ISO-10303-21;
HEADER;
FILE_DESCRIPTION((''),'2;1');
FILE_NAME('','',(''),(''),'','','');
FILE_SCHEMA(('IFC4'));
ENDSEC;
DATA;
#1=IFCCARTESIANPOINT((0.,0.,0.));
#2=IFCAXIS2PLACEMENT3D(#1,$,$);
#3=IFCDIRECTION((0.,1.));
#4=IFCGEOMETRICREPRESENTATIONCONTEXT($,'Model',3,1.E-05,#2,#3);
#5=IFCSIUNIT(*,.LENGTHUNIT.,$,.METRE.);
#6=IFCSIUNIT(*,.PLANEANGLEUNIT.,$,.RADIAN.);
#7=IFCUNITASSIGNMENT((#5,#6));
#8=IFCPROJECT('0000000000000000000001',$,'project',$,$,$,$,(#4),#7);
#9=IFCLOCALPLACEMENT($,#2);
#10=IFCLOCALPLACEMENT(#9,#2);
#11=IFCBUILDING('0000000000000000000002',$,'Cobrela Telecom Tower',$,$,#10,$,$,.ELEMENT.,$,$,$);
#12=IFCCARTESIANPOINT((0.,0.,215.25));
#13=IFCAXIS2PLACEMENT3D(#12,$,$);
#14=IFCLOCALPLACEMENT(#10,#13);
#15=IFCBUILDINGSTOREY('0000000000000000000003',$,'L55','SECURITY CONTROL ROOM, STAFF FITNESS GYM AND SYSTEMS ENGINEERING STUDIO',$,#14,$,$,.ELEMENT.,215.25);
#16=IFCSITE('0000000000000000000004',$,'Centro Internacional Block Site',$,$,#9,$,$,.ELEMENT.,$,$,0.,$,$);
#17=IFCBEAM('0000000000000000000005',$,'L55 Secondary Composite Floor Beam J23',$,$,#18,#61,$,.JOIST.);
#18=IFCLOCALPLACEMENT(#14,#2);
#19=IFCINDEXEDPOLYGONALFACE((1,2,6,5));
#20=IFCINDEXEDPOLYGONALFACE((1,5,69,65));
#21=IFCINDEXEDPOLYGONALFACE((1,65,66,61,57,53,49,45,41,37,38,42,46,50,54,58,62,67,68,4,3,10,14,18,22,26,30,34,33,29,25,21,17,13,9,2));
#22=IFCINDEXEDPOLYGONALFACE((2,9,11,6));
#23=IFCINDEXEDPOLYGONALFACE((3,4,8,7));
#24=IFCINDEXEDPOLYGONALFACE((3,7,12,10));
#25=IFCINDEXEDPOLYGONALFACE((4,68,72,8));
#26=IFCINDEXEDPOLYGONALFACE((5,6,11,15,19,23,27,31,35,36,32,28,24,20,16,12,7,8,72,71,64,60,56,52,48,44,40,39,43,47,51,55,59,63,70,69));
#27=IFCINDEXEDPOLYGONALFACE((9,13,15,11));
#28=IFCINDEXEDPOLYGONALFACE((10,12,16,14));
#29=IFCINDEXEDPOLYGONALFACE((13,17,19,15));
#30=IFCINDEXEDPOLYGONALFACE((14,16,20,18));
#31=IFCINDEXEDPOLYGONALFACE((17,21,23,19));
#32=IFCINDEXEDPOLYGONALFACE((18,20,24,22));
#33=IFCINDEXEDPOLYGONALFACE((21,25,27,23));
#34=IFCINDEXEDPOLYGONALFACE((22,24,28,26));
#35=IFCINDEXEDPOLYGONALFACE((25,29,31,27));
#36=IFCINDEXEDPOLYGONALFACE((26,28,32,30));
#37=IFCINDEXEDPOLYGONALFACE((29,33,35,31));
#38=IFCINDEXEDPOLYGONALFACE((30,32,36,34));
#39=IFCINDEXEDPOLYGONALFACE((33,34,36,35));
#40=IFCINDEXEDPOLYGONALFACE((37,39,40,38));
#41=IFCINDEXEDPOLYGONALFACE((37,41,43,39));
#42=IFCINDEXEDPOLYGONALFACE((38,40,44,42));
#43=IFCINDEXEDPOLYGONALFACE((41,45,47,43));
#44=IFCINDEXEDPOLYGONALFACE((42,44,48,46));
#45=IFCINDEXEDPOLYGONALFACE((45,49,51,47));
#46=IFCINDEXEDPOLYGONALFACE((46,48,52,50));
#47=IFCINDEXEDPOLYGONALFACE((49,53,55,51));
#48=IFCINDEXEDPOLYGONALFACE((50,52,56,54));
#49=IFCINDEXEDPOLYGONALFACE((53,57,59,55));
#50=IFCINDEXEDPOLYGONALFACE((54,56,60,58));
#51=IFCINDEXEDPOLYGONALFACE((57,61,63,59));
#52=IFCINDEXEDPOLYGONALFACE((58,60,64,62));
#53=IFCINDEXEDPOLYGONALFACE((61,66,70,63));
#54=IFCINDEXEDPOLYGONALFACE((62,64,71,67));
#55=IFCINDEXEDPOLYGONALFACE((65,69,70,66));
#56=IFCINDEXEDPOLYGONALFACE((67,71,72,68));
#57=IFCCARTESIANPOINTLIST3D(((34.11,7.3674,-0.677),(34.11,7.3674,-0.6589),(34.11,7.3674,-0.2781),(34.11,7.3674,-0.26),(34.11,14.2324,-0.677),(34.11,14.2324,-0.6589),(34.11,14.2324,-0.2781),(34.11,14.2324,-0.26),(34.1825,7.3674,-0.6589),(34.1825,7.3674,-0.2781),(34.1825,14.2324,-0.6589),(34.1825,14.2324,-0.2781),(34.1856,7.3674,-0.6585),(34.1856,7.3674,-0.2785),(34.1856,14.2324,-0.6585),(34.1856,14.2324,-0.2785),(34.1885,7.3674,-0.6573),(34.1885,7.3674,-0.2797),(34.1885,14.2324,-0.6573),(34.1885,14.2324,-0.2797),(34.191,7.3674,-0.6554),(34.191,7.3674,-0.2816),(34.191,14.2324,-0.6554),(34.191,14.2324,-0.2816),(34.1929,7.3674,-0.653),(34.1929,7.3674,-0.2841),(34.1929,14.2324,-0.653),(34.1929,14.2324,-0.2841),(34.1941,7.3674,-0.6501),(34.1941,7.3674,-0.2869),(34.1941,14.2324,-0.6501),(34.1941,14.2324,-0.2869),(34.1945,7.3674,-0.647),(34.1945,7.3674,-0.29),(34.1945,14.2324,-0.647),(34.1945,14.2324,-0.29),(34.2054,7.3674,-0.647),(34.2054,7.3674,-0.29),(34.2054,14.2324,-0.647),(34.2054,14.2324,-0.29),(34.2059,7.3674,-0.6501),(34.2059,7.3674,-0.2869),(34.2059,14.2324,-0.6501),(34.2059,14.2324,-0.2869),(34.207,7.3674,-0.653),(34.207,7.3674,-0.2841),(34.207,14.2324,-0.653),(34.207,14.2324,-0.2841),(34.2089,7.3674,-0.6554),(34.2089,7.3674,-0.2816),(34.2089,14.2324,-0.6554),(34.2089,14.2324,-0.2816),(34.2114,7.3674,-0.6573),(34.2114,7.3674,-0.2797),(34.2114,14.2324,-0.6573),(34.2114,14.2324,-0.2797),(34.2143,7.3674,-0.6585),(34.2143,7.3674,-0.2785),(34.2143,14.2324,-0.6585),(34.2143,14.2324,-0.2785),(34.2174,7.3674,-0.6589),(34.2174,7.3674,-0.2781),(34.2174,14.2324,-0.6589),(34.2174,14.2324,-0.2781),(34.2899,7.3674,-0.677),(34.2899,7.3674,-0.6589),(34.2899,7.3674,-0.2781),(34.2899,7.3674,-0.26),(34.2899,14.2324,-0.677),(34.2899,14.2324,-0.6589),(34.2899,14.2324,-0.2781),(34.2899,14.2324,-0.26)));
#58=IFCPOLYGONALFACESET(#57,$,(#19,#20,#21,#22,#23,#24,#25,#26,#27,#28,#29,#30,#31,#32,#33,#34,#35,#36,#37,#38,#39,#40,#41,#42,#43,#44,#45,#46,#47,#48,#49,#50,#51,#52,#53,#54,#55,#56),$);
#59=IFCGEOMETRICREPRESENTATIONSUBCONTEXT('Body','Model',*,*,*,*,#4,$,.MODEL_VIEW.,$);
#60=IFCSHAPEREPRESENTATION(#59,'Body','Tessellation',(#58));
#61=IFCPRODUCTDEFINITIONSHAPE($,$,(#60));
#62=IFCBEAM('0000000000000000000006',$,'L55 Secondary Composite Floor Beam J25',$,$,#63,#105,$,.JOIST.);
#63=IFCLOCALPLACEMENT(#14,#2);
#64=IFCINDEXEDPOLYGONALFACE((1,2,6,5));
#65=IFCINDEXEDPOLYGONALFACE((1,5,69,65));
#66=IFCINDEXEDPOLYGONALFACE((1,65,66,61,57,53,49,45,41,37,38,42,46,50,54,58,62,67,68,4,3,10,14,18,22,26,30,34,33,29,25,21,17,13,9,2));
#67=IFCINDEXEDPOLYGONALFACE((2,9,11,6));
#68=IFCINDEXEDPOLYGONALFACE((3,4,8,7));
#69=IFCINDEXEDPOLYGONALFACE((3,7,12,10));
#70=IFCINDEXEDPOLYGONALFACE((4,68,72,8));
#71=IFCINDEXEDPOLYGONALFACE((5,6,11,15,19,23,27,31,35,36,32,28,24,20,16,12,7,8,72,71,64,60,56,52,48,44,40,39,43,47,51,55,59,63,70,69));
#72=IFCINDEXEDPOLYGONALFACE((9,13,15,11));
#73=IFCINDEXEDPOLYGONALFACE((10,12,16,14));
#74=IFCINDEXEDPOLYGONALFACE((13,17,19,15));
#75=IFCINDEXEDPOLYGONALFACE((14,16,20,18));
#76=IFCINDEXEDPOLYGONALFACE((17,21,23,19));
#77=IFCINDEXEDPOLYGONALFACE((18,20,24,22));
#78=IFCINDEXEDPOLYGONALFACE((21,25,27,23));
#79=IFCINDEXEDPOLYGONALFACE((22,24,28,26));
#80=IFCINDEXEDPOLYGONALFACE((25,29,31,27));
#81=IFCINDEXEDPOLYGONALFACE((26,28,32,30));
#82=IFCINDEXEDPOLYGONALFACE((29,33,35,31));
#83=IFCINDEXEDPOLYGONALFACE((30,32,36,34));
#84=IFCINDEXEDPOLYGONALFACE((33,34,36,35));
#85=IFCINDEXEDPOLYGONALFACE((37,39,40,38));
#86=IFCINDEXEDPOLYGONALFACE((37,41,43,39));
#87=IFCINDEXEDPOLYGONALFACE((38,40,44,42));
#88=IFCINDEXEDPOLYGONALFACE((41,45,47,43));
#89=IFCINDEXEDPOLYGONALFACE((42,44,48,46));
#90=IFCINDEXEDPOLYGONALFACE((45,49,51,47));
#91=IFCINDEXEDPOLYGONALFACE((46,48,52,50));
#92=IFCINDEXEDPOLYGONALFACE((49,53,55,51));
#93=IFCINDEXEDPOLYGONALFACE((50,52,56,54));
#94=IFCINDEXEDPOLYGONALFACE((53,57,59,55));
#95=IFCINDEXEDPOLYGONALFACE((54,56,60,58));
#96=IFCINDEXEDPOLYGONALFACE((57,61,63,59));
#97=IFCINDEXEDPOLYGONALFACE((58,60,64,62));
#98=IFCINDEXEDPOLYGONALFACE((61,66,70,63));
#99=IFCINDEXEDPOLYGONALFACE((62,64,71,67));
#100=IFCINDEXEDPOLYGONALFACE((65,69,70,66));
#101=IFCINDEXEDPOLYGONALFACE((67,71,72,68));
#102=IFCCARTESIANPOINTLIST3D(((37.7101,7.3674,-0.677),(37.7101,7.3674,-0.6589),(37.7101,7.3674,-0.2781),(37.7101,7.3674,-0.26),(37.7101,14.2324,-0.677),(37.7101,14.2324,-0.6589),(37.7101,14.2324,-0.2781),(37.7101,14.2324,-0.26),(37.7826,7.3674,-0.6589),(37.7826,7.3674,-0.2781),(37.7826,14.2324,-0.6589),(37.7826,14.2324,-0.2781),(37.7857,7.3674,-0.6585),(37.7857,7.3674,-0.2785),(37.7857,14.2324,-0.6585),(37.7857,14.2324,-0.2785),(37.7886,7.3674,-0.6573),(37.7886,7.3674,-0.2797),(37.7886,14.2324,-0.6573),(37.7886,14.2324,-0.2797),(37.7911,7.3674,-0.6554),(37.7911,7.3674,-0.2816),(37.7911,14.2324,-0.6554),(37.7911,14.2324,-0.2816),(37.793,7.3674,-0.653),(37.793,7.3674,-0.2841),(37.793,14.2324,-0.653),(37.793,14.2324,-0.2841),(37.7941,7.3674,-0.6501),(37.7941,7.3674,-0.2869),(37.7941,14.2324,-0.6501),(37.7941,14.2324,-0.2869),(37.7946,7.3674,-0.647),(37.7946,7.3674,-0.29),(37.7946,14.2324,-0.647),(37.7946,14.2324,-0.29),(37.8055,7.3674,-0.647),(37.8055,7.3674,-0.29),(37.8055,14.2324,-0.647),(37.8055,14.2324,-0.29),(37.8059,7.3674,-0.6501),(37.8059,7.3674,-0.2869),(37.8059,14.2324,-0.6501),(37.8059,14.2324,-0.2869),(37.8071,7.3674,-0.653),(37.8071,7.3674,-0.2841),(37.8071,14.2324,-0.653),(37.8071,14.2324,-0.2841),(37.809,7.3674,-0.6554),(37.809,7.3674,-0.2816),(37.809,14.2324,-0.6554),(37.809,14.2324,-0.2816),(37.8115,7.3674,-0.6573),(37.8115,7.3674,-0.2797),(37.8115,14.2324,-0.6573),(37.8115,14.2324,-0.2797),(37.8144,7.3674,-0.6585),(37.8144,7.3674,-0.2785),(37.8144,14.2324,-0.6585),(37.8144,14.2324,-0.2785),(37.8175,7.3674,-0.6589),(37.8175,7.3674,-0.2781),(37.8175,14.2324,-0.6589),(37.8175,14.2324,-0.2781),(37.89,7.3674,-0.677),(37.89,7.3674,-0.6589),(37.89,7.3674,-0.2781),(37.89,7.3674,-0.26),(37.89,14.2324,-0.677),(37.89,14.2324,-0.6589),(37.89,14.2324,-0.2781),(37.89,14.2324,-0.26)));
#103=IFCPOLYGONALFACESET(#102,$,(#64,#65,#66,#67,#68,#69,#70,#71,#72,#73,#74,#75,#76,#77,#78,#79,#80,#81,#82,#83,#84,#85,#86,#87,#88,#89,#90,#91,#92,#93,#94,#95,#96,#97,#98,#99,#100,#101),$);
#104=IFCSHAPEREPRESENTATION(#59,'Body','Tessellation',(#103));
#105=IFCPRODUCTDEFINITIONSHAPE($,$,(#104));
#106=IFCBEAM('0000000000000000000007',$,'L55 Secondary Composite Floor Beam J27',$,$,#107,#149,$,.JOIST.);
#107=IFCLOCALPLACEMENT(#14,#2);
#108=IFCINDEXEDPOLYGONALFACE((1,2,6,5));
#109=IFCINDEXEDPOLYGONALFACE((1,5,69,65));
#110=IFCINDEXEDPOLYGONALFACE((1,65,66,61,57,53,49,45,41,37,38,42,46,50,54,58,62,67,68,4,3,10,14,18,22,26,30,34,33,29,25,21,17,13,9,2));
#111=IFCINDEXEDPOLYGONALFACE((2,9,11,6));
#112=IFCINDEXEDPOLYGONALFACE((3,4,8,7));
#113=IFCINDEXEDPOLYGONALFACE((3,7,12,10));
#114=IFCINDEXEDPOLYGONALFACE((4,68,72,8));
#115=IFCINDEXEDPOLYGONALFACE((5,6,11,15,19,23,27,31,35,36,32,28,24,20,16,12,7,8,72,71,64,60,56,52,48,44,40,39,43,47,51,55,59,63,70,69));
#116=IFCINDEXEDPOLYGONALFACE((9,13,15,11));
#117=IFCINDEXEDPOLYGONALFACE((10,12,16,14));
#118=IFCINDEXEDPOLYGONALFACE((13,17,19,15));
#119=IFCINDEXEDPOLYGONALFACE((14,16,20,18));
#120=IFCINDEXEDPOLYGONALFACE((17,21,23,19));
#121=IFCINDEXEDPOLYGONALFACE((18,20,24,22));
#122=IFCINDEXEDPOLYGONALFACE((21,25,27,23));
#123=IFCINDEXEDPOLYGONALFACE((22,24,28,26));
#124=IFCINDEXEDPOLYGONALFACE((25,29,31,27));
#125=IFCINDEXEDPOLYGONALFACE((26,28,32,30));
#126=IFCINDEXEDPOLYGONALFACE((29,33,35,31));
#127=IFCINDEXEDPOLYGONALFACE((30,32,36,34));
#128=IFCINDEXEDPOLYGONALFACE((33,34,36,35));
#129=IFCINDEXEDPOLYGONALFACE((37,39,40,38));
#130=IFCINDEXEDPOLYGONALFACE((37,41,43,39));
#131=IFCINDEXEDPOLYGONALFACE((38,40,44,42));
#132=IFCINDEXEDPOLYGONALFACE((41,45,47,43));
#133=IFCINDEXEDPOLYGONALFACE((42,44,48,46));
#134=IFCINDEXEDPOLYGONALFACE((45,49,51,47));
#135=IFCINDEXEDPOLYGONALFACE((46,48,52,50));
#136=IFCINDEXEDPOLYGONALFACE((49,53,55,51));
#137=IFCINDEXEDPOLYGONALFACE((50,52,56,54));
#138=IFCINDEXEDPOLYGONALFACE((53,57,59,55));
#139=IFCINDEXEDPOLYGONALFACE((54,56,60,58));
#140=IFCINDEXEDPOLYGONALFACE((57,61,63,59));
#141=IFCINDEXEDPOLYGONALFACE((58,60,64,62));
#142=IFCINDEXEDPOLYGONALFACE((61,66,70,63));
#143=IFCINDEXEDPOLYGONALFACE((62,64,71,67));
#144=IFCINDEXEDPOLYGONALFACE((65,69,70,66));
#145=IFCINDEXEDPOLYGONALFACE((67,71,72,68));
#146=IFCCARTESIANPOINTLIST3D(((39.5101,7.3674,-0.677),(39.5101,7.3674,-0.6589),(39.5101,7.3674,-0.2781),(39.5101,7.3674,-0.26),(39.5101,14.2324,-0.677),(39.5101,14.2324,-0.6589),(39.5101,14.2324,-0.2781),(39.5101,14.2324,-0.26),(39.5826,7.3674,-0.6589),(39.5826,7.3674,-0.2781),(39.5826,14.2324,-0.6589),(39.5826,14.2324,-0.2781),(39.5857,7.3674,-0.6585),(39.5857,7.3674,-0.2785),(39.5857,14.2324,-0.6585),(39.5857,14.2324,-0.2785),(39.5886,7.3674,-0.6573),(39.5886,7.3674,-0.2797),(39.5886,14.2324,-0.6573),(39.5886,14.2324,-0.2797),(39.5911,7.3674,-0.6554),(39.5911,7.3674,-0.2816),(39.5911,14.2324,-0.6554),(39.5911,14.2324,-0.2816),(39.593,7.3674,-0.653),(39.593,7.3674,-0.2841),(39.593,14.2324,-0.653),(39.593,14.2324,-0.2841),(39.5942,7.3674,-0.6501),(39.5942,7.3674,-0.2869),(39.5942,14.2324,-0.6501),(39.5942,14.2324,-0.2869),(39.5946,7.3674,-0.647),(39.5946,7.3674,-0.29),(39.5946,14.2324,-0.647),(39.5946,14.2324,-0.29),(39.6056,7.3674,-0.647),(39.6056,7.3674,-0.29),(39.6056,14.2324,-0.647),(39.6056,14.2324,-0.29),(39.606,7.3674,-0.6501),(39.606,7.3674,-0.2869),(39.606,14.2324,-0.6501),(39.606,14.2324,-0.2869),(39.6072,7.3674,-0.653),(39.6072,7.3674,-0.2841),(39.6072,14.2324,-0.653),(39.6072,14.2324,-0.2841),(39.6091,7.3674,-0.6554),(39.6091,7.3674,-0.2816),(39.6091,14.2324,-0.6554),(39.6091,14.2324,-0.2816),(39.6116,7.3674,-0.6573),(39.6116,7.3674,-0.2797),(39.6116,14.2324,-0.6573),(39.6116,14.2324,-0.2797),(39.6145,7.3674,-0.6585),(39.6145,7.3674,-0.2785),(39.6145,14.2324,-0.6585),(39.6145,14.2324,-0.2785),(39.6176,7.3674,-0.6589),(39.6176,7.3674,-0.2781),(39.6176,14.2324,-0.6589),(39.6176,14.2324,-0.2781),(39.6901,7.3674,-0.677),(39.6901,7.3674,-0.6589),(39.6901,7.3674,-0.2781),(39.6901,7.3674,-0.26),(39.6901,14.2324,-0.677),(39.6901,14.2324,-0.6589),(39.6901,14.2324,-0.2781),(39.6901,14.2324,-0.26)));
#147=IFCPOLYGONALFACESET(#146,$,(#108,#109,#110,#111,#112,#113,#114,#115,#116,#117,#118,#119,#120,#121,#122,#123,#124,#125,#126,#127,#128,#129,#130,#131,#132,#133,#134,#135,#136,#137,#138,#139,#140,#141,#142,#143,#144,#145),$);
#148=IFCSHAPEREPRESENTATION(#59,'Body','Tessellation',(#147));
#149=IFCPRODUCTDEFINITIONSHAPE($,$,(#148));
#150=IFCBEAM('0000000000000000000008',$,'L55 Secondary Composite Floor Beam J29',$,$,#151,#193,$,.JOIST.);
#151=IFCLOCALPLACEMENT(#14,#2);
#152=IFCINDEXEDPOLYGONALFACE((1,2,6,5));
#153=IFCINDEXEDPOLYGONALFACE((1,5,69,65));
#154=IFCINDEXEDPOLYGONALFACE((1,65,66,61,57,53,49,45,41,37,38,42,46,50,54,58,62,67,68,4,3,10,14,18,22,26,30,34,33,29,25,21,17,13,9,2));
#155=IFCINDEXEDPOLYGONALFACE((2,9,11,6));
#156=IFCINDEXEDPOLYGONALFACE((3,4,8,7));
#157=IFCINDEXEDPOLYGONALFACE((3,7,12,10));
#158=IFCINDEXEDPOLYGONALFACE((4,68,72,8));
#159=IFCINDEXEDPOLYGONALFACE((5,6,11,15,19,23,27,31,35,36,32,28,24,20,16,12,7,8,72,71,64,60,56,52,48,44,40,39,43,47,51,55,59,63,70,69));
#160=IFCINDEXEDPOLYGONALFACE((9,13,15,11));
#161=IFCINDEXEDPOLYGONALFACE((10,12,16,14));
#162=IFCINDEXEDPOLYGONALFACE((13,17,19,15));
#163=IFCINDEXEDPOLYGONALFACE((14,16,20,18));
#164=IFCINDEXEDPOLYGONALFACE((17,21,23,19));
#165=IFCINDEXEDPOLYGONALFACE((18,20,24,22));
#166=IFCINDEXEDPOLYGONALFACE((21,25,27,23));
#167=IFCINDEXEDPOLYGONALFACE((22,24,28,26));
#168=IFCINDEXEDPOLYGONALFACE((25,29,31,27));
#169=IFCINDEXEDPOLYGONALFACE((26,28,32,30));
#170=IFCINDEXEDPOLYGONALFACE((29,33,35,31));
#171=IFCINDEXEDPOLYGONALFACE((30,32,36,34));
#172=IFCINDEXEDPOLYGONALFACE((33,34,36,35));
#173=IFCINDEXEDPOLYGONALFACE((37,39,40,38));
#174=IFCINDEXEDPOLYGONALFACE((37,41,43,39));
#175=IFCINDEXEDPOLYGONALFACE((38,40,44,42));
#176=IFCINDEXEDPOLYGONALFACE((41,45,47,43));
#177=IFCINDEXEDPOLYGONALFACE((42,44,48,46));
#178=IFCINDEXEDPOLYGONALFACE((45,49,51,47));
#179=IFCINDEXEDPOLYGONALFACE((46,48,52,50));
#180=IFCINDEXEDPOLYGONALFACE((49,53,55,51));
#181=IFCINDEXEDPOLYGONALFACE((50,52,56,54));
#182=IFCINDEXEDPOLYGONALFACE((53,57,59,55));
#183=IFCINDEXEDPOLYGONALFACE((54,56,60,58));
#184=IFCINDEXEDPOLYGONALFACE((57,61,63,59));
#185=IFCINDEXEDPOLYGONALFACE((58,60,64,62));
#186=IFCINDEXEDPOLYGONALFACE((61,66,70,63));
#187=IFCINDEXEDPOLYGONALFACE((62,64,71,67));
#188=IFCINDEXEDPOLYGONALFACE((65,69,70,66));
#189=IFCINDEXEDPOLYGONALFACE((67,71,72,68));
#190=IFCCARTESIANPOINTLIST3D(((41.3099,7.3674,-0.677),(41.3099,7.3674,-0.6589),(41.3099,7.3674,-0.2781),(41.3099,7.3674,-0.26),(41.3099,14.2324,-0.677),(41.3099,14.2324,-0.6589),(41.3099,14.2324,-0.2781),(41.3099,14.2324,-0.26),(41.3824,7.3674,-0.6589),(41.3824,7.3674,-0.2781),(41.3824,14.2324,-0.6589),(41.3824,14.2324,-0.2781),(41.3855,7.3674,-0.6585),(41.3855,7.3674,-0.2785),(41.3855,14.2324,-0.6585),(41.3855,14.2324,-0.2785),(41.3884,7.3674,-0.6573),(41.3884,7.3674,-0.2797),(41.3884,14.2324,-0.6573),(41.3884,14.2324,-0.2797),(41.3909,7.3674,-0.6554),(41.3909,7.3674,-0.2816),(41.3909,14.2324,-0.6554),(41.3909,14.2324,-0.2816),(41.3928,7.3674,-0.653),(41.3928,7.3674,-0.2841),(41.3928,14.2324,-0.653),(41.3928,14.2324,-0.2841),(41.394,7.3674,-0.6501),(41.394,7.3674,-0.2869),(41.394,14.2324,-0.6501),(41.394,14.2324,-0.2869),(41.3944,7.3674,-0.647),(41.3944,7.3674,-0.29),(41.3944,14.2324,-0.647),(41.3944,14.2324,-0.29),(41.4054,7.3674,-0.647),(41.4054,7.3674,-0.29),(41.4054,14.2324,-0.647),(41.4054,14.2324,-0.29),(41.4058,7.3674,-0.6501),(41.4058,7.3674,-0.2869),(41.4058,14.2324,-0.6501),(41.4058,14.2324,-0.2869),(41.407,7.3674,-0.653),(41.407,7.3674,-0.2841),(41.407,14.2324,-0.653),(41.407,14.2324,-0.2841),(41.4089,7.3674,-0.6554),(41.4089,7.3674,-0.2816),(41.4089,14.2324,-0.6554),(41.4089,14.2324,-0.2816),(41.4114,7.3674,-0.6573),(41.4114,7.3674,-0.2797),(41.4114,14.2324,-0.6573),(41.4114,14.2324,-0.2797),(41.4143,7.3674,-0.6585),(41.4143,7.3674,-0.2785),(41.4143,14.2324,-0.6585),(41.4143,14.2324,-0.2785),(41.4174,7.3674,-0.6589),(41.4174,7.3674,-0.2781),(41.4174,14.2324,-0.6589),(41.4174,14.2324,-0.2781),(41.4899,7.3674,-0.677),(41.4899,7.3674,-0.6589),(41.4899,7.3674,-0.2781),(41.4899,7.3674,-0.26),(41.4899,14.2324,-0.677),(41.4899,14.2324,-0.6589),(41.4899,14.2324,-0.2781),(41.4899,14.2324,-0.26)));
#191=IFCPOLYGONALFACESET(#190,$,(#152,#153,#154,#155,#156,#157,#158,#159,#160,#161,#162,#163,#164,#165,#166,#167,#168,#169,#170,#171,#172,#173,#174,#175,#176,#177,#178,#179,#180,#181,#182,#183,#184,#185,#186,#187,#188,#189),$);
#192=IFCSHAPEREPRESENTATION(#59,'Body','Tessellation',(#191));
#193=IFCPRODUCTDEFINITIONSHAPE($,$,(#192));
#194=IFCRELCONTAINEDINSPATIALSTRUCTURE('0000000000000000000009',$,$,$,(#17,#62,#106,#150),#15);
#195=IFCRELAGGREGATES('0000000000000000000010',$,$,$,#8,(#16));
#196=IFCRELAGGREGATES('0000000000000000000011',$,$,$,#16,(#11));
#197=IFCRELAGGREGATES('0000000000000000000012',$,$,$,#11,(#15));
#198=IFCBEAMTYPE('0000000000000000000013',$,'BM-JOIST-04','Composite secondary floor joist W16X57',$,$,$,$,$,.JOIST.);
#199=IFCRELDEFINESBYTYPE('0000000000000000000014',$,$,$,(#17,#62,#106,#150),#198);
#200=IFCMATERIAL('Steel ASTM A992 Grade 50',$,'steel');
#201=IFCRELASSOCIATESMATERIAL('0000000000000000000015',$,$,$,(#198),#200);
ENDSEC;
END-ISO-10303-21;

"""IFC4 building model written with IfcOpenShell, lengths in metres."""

from ifc_helpers import new_model, si_unit, direction, frame, origin, origin_2d, place, context, subcontext, project, spatial, i_section, extrude, material, material_profile, profile_set, type_object, element, save


model = new_model("IFC4")

# Units and contexts
model_context = context("Model", 3, precision=1e-05, world=origin(), true_north=direction((0.0, 1.0)))
body_context = subcontext(model_context, "Body", "Model", "MODEL_VIEW")
ifc_project = project(units=[si_unit("LENGTHUNIT", "METRE"), si_unit("PLANEANGLEUNIT", "RADIAN")], contexts=[model_context])

# Site, building, storey
site_placement = place(None, origin())
site = spatial("IfcSite", under=ifc_project, at=site_placement, Name="Centro Internacional Block Site", CompositionType="ELEMENT", RefElevation=0.0)
building_placement = place(site_placement, origin())
building = spatial("IfcBuilding", under=site, at=building_placement, Name="Cobrela Telecom Tower", CompositionType="ELEMENT")
storey_placement = place(building_placement, frame((0.0, 0.0, 215.25)))
storey = spatial("IfcBuildingStorey", under=building, at=storey_placement, Name="L55", Description="SECURITY CONTROL ROOM, STAFF FITNESS GYM AND SYSTEMS ENGINEERING STUDIO", CompositionType="ELEMENT", Elevation=215.25)

# Shared definitions
ifc_material_1 = material(Name="Steel ASTM A992 Grade 50", Category="steel")

# Beams
ifc_material_profile_1 = material_profile(ifc_material_1, i_section(OverallWidth=0.1799, OverallDepth=0.417, WebThickness=0.011, FlangeThickness=0.0181, FilletRadius=0.012, at=origin_2d()), Name="W16X57")
ifc_profile_set_1 = profile_set([ifc_material_profile_1], Name="Steel ASTM A992 Grade 50")
beam_type_1 = type_object("IfcBeamType", Name="BM-JOIST-04", Description="Composite secondary floor joist W16X57", PredefinedType="JOIST", material=ifc_profile_set_1)
for number, where, z_axis, x_axis, name in (
    (1, (34.2, 7.3674, -0.4685), (0.0, 1.0, 0.0), (-1.0, 0.0, 0.0), "L55 Secondary Composite Floor Beam J23"),
    (2, (37.8, 7.3674, -0.4685), (0.0, 1.0, 0.0), (-1.0, 0.0, 0.0), "L55 Secondary Composite Floor Beam J25"),
    (3, (39.6001, 7.3674, -0.4685), (0.0, 1.0, 0.0), (-1.0, 0.0, 0.0), "L55 Secondary Composite Floor Beam J27"),
    (4, (41.3999, 7.3674, -0.4685), (0.0, 1.0, 0.0), (-1.0, 0.0, 0.0), "L55 Secondary Composite Floor Beam J29"),
):
    element("IfcBeam", number, at=place(storey_placement, frame(where, z_axis=z_axis, x_axis=x_axis)), inside=storey, type_object=beam_type_1, Name=name, PredefinedType="JOIST", context=body_context, shape_type="SweptSolid", body=[
        extrude(i_section(OverallWidth=0.1799, OverallDepth=0.417, WebThickness=0.011, FlangeThickness=0.0181, FilletRadius=0.012, at=origin_2d()), origin(), (0.0, 0.0, 1.0), 6.865),
    ])

save(model, "model.ifc")
